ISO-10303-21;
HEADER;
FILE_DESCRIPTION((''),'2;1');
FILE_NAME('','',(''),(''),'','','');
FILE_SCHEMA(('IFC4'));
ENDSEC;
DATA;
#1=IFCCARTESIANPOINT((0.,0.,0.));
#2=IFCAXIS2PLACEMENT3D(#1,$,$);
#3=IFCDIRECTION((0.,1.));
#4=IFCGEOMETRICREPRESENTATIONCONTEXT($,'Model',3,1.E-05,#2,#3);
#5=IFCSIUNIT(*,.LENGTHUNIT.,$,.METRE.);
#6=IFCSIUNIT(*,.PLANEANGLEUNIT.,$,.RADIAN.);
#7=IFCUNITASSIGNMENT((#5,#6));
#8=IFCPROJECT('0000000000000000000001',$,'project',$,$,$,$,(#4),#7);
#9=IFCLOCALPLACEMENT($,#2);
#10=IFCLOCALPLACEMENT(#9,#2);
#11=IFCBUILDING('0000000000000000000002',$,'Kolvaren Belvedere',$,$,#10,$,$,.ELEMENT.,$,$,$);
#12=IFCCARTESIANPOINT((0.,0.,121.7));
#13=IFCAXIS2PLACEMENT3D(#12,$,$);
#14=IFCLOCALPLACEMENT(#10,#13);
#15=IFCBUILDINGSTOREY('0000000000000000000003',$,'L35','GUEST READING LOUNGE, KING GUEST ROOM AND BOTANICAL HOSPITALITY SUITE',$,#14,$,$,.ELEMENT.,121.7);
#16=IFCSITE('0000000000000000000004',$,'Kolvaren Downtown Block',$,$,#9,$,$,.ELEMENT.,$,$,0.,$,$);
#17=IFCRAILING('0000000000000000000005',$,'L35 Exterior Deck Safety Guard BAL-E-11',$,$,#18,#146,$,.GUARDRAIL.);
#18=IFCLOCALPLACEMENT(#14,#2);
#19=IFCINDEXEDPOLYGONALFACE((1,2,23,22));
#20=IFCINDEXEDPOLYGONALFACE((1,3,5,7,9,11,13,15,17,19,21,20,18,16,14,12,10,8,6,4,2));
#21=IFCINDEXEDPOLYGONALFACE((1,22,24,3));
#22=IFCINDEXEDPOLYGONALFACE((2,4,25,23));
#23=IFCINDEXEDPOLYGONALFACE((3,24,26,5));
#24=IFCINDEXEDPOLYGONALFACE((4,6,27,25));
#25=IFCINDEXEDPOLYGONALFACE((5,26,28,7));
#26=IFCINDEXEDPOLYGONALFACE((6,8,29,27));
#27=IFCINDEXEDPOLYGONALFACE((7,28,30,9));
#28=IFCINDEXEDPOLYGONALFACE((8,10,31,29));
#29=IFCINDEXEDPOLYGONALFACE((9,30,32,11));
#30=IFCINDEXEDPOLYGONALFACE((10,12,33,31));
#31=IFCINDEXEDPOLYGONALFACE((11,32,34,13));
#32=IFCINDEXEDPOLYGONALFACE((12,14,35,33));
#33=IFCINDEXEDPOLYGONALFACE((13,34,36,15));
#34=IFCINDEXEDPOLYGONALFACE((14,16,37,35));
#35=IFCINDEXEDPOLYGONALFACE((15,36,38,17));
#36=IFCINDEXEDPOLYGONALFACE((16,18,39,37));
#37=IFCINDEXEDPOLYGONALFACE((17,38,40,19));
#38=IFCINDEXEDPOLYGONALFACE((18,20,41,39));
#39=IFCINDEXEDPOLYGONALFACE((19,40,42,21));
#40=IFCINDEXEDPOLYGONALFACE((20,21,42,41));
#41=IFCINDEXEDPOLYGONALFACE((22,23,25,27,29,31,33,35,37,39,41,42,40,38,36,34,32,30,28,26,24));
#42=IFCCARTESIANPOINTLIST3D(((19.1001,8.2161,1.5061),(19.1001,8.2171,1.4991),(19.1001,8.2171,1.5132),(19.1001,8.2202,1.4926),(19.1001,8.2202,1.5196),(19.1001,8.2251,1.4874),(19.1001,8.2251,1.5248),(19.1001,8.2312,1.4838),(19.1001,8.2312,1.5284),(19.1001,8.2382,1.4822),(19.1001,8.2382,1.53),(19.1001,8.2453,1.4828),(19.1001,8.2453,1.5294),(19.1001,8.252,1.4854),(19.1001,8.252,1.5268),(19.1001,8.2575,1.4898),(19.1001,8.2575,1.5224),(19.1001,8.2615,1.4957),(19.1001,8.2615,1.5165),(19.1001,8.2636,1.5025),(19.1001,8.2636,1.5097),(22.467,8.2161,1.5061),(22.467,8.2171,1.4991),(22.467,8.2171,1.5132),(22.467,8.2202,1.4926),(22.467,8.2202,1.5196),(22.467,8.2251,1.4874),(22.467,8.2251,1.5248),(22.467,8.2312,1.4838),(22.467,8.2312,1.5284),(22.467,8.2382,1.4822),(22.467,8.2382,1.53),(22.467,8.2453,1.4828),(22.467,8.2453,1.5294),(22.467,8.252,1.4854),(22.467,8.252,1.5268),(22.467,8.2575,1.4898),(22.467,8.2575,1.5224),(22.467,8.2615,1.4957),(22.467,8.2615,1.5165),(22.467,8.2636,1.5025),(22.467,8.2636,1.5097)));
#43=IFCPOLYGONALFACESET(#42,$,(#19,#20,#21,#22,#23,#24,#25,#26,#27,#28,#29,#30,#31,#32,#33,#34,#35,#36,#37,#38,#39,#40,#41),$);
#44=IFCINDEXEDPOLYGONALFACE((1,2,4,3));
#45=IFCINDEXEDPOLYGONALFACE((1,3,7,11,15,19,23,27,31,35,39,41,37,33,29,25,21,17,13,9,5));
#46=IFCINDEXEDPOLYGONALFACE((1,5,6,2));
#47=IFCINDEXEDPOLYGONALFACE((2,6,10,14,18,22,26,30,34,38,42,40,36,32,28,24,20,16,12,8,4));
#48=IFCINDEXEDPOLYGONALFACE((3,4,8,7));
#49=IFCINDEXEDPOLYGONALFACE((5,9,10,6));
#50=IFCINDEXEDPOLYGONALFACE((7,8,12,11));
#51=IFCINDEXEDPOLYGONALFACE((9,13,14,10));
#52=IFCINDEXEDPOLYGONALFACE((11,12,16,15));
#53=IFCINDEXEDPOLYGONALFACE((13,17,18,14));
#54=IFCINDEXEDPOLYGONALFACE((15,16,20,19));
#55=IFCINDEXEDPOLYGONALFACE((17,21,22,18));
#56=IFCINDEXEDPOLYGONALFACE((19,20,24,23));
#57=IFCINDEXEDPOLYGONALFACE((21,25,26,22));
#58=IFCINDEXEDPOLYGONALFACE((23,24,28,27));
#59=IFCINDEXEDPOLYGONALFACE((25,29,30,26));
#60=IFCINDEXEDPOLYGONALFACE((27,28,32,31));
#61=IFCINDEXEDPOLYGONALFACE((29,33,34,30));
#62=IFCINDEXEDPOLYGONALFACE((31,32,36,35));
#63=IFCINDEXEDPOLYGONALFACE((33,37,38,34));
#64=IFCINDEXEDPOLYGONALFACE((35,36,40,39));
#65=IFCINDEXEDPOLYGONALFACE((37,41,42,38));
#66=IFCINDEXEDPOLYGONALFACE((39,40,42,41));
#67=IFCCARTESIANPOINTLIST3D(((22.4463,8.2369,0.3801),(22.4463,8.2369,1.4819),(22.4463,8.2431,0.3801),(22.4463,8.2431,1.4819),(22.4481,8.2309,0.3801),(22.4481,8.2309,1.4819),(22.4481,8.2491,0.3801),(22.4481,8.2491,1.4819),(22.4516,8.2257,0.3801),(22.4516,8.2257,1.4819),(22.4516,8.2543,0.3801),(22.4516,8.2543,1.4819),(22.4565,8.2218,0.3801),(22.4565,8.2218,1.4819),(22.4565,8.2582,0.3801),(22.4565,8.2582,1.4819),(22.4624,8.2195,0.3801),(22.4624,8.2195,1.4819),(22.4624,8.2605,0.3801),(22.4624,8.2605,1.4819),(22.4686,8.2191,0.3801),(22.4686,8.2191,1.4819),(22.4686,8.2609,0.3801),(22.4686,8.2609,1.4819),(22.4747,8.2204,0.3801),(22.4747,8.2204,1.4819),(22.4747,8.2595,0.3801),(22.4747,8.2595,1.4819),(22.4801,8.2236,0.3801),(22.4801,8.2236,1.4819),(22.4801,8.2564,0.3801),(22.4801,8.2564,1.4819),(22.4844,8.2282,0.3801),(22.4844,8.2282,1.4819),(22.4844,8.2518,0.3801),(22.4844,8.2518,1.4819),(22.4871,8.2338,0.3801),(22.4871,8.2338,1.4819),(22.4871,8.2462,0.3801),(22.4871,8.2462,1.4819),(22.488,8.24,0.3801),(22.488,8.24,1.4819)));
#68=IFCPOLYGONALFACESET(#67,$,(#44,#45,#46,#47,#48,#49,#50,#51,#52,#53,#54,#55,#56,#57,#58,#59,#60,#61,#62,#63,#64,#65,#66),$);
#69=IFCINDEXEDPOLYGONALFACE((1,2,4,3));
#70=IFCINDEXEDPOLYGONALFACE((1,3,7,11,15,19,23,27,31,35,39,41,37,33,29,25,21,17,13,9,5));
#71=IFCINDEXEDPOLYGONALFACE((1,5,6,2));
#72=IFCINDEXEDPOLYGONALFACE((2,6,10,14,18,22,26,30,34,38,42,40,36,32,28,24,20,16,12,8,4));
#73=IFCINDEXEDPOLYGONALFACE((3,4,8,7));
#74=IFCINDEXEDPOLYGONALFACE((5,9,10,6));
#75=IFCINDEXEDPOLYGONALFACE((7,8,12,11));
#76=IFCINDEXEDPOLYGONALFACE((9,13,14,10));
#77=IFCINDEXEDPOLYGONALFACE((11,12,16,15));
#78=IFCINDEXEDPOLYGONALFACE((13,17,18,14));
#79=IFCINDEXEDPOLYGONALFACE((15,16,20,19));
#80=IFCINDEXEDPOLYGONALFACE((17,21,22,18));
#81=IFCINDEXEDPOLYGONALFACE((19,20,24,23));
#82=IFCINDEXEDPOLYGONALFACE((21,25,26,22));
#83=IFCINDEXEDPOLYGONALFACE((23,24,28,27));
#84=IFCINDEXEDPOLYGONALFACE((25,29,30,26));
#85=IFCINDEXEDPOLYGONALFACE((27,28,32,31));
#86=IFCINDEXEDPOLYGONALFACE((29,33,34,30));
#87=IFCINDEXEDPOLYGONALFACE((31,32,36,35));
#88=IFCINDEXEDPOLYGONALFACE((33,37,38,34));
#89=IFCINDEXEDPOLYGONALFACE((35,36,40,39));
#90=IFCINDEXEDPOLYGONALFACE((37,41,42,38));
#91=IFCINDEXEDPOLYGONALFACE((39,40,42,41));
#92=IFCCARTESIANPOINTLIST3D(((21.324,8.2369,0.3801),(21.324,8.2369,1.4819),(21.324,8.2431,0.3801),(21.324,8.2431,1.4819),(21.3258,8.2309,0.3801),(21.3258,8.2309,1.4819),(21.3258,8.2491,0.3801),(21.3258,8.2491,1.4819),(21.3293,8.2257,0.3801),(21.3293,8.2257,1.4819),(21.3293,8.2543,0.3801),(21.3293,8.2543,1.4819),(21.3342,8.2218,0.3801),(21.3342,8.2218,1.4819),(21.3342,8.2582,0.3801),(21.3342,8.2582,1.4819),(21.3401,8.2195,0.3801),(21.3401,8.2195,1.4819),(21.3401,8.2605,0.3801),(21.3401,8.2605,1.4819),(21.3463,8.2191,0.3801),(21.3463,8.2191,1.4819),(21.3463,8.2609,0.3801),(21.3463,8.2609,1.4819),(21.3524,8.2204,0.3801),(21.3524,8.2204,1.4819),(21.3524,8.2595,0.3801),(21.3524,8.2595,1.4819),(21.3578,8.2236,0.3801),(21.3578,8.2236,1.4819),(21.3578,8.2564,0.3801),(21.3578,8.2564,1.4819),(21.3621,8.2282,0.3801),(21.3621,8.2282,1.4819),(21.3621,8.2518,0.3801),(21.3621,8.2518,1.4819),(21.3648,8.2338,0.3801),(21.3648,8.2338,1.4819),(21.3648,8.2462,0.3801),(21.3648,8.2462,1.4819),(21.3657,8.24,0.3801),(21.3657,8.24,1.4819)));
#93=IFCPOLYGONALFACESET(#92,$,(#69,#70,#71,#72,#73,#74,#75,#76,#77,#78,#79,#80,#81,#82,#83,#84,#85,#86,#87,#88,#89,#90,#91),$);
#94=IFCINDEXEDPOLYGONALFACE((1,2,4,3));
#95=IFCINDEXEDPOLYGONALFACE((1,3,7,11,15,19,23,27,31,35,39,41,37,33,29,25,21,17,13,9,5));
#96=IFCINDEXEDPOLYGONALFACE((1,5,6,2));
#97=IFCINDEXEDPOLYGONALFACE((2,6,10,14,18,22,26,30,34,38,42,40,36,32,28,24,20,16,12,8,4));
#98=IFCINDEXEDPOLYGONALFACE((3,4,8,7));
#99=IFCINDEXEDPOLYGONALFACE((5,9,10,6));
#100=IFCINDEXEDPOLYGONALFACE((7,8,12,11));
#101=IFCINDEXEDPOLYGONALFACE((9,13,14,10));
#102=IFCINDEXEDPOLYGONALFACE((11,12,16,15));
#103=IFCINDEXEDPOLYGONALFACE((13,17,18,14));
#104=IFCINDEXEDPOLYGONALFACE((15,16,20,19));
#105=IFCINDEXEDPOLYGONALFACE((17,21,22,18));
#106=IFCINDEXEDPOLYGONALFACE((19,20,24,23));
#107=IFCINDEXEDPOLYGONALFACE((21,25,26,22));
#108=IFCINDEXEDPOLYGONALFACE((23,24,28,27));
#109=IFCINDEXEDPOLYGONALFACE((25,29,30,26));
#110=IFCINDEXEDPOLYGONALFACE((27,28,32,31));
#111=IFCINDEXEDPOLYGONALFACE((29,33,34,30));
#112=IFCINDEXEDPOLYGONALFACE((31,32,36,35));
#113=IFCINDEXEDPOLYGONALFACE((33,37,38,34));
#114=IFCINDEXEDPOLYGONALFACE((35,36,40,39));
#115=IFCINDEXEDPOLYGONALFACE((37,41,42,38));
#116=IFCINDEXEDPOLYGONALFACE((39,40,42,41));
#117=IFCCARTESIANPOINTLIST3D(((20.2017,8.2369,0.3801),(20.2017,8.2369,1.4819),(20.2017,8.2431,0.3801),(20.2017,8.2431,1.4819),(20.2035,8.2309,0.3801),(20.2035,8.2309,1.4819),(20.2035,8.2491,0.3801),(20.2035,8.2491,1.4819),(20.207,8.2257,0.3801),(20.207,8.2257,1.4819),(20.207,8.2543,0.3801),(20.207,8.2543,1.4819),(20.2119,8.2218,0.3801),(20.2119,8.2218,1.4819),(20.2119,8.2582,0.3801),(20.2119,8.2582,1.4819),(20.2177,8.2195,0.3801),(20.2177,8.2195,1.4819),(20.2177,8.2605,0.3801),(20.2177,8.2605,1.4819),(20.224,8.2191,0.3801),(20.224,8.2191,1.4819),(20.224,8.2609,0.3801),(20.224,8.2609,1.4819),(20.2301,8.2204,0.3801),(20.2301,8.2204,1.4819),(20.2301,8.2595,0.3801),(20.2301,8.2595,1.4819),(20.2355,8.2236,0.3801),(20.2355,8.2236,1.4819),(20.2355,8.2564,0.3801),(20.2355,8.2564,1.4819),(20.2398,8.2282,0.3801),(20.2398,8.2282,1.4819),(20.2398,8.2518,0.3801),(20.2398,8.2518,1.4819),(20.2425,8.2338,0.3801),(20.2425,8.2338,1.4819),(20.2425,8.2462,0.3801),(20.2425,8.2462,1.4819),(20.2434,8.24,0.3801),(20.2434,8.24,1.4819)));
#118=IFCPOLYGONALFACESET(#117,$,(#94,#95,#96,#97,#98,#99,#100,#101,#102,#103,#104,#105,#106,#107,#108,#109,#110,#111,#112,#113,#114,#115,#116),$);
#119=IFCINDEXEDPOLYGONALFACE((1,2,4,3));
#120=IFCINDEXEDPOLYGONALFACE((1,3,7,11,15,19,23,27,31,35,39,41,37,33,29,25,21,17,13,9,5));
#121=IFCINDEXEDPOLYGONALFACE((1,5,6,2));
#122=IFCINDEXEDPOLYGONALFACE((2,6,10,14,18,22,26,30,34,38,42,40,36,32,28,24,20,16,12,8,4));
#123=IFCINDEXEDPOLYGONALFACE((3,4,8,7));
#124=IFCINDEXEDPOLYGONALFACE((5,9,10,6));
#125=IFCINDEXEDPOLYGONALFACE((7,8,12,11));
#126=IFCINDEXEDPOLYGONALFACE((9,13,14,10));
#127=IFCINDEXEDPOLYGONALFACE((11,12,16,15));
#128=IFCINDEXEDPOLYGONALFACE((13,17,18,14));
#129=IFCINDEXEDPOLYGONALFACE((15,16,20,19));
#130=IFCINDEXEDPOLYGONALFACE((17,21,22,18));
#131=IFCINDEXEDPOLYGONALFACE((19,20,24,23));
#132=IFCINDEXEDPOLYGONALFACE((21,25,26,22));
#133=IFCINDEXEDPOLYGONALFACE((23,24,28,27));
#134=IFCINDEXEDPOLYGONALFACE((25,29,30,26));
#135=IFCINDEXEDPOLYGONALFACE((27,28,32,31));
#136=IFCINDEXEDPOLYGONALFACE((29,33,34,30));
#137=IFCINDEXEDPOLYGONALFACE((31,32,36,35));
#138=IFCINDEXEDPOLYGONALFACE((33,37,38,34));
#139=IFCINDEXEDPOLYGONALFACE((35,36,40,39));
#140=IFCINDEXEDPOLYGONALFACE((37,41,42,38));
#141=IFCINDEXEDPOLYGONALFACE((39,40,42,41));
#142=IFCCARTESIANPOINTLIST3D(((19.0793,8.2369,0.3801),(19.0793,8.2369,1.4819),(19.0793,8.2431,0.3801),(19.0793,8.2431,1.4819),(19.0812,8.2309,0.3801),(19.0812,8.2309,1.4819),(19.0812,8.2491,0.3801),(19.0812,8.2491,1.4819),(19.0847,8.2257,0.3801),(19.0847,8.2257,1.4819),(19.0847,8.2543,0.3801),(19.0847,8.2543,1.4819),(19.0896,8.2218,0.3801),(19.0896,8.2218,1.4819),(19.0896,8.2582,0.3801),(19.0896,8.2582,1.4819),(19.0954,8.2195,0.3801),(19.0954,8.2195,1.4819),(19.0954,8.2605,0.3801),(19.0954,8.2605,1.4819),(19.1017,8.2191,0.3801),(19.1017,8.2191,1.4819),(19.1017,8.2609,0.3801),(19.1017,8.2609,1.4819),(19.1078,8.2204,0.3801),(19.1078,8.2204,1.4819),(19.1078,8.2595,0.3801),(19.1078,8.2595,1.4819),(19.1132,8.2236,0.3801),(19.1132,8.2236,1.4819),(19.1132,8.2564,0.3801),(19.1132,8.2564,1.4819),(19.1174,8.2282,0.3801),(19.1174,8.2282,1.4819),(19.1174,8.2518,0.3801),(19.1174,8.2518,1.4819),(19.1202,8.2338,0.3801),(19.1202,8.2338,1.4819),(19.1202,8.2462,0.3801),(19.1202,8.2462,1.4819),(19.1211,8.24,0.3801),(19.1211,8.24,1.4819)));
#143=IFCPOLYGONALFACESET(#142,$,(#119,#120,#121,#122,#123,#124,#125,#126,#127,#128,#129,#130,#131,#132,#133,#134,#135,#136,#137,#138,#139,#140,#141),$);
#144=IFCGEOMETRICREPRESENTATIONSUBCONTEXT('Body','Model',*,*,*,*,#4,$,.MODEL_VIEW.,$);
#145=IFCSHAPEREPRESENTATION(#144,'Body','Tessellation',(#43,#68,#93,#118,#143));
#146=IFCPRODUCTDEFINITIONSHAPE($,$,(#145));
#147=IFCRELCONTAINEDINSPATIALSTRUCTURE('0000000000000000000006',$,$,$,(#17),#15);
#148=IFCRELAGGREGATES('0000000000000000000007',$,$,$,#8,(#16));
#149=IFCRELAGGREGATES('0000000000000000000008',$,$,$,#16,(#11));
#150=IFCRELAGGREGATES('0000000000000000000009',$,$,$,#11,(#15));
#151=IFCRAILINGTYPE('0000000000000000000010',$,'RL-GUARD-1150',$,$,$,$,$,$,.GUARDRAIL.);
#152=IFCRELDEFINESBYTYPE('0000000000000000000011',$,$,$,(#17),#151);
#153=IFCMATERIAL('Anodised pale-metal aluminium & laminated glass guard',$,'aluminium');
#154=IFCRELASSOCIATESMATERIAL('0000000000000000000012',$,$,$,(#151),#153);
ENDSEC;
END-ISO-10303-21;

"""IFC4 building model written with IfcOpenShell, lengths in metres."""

from ifc_helpers import new_model, si_unit, direction, frame, origin, origin_2d, place, context, subcontext, project, spatial, circle, extrude, material, type_object, element, save


model = new_model("IFC4")

# Units and contexts
model_context = context("Model", 3, precision=1e-05, world=origin(), true_north=direction((0.0, 1.0)))
body_context = subcontext(model_context, "Body", "Model", "MODEL_VIEW")
ifc_project = project(units=[si_unit("LENGTHUNIT", "METRE"), si_unit("PLANEANGLEUNIT", "RADIAN")], contexts=[model_context])

# Site, building, storey
site_placement = place(None, origin())
site = spatial("IfcSite", under=ifc_project, at=site_placement, Name="Kolvaren Downtown Block", CompositionType="ELEMENT", RefElevation=0.0)
building_placement = place(site_placement, origin())
building = spatial("IfcBuilding", under=site, at=building_placement, Name="Kolvaren Belvedere", CompositionType="ELEMENT")
storey_placement = place(building_placement, frame((0.0, 0.0, 121.7)))
storey = spatial("IfcBuildingStorey", under=building, at=storey_placement, Name="L35", Description="GUEST READING LOUNGE, KING GUEST ROOM AND BOTANICAL HOSPITALITY SUITE", CompositionType="ELEMENT", Elevation=121.7)

# Railing
ifc_material_1 = material(Name="Anodised pale-metal aluminium & laminated glass guard", Category="aluminium")
railing_type = type_object("IfcRailingType", Name="RL-GUARD-1150", PredefinedType="GUARDRAIL", material=ifc_material_1)
railing_1_placement = place(storey_placement, frame((22.467, 8.24, 0.3801)))
element("IfcRailing", 1, at=railing_1_placement, inside=storey, type_object=railing_type, Name="L35 Exterior Deck Safety Guard BAL-E-11", PredefinedType="GUARDRAIL", context=body_context, shape_type="SweptSolid", body=[
    extrude(circle(Radius=0.0239, at=origin_2d()), frame((0.0, 0.0, 1.126), z_axis=(-1.0, 0.0, 0.0), x_axis=(0.0, -1.0, 0.0)), (0.0, 0.0, 1.0), 3.3669),
    extrude(circle(Radius=0.021, at=origin_2d()), origin(), (0.0, 0.0, 1.0), 1.1018),
    extrude(circle(Radius=0.021, at=origin_2d()), frame((-1.1223, 0.0, 0.0)), (0.0, 0.0, 1.0), 1.1018),
    extrude(circle(Radius=0.021, at=origin_2d()), frame((-2.2446, 0.0, 0.0)), (0.0, 0.0, 1.0), 1.1018),
    extrude(circle(Radius=0.021, at=origin_2d()), frame((-3.3669, 0.0, 0.0)), (0.0, 0.0, 1.0), 1.1018),
])

save(model, "model.ifc")
